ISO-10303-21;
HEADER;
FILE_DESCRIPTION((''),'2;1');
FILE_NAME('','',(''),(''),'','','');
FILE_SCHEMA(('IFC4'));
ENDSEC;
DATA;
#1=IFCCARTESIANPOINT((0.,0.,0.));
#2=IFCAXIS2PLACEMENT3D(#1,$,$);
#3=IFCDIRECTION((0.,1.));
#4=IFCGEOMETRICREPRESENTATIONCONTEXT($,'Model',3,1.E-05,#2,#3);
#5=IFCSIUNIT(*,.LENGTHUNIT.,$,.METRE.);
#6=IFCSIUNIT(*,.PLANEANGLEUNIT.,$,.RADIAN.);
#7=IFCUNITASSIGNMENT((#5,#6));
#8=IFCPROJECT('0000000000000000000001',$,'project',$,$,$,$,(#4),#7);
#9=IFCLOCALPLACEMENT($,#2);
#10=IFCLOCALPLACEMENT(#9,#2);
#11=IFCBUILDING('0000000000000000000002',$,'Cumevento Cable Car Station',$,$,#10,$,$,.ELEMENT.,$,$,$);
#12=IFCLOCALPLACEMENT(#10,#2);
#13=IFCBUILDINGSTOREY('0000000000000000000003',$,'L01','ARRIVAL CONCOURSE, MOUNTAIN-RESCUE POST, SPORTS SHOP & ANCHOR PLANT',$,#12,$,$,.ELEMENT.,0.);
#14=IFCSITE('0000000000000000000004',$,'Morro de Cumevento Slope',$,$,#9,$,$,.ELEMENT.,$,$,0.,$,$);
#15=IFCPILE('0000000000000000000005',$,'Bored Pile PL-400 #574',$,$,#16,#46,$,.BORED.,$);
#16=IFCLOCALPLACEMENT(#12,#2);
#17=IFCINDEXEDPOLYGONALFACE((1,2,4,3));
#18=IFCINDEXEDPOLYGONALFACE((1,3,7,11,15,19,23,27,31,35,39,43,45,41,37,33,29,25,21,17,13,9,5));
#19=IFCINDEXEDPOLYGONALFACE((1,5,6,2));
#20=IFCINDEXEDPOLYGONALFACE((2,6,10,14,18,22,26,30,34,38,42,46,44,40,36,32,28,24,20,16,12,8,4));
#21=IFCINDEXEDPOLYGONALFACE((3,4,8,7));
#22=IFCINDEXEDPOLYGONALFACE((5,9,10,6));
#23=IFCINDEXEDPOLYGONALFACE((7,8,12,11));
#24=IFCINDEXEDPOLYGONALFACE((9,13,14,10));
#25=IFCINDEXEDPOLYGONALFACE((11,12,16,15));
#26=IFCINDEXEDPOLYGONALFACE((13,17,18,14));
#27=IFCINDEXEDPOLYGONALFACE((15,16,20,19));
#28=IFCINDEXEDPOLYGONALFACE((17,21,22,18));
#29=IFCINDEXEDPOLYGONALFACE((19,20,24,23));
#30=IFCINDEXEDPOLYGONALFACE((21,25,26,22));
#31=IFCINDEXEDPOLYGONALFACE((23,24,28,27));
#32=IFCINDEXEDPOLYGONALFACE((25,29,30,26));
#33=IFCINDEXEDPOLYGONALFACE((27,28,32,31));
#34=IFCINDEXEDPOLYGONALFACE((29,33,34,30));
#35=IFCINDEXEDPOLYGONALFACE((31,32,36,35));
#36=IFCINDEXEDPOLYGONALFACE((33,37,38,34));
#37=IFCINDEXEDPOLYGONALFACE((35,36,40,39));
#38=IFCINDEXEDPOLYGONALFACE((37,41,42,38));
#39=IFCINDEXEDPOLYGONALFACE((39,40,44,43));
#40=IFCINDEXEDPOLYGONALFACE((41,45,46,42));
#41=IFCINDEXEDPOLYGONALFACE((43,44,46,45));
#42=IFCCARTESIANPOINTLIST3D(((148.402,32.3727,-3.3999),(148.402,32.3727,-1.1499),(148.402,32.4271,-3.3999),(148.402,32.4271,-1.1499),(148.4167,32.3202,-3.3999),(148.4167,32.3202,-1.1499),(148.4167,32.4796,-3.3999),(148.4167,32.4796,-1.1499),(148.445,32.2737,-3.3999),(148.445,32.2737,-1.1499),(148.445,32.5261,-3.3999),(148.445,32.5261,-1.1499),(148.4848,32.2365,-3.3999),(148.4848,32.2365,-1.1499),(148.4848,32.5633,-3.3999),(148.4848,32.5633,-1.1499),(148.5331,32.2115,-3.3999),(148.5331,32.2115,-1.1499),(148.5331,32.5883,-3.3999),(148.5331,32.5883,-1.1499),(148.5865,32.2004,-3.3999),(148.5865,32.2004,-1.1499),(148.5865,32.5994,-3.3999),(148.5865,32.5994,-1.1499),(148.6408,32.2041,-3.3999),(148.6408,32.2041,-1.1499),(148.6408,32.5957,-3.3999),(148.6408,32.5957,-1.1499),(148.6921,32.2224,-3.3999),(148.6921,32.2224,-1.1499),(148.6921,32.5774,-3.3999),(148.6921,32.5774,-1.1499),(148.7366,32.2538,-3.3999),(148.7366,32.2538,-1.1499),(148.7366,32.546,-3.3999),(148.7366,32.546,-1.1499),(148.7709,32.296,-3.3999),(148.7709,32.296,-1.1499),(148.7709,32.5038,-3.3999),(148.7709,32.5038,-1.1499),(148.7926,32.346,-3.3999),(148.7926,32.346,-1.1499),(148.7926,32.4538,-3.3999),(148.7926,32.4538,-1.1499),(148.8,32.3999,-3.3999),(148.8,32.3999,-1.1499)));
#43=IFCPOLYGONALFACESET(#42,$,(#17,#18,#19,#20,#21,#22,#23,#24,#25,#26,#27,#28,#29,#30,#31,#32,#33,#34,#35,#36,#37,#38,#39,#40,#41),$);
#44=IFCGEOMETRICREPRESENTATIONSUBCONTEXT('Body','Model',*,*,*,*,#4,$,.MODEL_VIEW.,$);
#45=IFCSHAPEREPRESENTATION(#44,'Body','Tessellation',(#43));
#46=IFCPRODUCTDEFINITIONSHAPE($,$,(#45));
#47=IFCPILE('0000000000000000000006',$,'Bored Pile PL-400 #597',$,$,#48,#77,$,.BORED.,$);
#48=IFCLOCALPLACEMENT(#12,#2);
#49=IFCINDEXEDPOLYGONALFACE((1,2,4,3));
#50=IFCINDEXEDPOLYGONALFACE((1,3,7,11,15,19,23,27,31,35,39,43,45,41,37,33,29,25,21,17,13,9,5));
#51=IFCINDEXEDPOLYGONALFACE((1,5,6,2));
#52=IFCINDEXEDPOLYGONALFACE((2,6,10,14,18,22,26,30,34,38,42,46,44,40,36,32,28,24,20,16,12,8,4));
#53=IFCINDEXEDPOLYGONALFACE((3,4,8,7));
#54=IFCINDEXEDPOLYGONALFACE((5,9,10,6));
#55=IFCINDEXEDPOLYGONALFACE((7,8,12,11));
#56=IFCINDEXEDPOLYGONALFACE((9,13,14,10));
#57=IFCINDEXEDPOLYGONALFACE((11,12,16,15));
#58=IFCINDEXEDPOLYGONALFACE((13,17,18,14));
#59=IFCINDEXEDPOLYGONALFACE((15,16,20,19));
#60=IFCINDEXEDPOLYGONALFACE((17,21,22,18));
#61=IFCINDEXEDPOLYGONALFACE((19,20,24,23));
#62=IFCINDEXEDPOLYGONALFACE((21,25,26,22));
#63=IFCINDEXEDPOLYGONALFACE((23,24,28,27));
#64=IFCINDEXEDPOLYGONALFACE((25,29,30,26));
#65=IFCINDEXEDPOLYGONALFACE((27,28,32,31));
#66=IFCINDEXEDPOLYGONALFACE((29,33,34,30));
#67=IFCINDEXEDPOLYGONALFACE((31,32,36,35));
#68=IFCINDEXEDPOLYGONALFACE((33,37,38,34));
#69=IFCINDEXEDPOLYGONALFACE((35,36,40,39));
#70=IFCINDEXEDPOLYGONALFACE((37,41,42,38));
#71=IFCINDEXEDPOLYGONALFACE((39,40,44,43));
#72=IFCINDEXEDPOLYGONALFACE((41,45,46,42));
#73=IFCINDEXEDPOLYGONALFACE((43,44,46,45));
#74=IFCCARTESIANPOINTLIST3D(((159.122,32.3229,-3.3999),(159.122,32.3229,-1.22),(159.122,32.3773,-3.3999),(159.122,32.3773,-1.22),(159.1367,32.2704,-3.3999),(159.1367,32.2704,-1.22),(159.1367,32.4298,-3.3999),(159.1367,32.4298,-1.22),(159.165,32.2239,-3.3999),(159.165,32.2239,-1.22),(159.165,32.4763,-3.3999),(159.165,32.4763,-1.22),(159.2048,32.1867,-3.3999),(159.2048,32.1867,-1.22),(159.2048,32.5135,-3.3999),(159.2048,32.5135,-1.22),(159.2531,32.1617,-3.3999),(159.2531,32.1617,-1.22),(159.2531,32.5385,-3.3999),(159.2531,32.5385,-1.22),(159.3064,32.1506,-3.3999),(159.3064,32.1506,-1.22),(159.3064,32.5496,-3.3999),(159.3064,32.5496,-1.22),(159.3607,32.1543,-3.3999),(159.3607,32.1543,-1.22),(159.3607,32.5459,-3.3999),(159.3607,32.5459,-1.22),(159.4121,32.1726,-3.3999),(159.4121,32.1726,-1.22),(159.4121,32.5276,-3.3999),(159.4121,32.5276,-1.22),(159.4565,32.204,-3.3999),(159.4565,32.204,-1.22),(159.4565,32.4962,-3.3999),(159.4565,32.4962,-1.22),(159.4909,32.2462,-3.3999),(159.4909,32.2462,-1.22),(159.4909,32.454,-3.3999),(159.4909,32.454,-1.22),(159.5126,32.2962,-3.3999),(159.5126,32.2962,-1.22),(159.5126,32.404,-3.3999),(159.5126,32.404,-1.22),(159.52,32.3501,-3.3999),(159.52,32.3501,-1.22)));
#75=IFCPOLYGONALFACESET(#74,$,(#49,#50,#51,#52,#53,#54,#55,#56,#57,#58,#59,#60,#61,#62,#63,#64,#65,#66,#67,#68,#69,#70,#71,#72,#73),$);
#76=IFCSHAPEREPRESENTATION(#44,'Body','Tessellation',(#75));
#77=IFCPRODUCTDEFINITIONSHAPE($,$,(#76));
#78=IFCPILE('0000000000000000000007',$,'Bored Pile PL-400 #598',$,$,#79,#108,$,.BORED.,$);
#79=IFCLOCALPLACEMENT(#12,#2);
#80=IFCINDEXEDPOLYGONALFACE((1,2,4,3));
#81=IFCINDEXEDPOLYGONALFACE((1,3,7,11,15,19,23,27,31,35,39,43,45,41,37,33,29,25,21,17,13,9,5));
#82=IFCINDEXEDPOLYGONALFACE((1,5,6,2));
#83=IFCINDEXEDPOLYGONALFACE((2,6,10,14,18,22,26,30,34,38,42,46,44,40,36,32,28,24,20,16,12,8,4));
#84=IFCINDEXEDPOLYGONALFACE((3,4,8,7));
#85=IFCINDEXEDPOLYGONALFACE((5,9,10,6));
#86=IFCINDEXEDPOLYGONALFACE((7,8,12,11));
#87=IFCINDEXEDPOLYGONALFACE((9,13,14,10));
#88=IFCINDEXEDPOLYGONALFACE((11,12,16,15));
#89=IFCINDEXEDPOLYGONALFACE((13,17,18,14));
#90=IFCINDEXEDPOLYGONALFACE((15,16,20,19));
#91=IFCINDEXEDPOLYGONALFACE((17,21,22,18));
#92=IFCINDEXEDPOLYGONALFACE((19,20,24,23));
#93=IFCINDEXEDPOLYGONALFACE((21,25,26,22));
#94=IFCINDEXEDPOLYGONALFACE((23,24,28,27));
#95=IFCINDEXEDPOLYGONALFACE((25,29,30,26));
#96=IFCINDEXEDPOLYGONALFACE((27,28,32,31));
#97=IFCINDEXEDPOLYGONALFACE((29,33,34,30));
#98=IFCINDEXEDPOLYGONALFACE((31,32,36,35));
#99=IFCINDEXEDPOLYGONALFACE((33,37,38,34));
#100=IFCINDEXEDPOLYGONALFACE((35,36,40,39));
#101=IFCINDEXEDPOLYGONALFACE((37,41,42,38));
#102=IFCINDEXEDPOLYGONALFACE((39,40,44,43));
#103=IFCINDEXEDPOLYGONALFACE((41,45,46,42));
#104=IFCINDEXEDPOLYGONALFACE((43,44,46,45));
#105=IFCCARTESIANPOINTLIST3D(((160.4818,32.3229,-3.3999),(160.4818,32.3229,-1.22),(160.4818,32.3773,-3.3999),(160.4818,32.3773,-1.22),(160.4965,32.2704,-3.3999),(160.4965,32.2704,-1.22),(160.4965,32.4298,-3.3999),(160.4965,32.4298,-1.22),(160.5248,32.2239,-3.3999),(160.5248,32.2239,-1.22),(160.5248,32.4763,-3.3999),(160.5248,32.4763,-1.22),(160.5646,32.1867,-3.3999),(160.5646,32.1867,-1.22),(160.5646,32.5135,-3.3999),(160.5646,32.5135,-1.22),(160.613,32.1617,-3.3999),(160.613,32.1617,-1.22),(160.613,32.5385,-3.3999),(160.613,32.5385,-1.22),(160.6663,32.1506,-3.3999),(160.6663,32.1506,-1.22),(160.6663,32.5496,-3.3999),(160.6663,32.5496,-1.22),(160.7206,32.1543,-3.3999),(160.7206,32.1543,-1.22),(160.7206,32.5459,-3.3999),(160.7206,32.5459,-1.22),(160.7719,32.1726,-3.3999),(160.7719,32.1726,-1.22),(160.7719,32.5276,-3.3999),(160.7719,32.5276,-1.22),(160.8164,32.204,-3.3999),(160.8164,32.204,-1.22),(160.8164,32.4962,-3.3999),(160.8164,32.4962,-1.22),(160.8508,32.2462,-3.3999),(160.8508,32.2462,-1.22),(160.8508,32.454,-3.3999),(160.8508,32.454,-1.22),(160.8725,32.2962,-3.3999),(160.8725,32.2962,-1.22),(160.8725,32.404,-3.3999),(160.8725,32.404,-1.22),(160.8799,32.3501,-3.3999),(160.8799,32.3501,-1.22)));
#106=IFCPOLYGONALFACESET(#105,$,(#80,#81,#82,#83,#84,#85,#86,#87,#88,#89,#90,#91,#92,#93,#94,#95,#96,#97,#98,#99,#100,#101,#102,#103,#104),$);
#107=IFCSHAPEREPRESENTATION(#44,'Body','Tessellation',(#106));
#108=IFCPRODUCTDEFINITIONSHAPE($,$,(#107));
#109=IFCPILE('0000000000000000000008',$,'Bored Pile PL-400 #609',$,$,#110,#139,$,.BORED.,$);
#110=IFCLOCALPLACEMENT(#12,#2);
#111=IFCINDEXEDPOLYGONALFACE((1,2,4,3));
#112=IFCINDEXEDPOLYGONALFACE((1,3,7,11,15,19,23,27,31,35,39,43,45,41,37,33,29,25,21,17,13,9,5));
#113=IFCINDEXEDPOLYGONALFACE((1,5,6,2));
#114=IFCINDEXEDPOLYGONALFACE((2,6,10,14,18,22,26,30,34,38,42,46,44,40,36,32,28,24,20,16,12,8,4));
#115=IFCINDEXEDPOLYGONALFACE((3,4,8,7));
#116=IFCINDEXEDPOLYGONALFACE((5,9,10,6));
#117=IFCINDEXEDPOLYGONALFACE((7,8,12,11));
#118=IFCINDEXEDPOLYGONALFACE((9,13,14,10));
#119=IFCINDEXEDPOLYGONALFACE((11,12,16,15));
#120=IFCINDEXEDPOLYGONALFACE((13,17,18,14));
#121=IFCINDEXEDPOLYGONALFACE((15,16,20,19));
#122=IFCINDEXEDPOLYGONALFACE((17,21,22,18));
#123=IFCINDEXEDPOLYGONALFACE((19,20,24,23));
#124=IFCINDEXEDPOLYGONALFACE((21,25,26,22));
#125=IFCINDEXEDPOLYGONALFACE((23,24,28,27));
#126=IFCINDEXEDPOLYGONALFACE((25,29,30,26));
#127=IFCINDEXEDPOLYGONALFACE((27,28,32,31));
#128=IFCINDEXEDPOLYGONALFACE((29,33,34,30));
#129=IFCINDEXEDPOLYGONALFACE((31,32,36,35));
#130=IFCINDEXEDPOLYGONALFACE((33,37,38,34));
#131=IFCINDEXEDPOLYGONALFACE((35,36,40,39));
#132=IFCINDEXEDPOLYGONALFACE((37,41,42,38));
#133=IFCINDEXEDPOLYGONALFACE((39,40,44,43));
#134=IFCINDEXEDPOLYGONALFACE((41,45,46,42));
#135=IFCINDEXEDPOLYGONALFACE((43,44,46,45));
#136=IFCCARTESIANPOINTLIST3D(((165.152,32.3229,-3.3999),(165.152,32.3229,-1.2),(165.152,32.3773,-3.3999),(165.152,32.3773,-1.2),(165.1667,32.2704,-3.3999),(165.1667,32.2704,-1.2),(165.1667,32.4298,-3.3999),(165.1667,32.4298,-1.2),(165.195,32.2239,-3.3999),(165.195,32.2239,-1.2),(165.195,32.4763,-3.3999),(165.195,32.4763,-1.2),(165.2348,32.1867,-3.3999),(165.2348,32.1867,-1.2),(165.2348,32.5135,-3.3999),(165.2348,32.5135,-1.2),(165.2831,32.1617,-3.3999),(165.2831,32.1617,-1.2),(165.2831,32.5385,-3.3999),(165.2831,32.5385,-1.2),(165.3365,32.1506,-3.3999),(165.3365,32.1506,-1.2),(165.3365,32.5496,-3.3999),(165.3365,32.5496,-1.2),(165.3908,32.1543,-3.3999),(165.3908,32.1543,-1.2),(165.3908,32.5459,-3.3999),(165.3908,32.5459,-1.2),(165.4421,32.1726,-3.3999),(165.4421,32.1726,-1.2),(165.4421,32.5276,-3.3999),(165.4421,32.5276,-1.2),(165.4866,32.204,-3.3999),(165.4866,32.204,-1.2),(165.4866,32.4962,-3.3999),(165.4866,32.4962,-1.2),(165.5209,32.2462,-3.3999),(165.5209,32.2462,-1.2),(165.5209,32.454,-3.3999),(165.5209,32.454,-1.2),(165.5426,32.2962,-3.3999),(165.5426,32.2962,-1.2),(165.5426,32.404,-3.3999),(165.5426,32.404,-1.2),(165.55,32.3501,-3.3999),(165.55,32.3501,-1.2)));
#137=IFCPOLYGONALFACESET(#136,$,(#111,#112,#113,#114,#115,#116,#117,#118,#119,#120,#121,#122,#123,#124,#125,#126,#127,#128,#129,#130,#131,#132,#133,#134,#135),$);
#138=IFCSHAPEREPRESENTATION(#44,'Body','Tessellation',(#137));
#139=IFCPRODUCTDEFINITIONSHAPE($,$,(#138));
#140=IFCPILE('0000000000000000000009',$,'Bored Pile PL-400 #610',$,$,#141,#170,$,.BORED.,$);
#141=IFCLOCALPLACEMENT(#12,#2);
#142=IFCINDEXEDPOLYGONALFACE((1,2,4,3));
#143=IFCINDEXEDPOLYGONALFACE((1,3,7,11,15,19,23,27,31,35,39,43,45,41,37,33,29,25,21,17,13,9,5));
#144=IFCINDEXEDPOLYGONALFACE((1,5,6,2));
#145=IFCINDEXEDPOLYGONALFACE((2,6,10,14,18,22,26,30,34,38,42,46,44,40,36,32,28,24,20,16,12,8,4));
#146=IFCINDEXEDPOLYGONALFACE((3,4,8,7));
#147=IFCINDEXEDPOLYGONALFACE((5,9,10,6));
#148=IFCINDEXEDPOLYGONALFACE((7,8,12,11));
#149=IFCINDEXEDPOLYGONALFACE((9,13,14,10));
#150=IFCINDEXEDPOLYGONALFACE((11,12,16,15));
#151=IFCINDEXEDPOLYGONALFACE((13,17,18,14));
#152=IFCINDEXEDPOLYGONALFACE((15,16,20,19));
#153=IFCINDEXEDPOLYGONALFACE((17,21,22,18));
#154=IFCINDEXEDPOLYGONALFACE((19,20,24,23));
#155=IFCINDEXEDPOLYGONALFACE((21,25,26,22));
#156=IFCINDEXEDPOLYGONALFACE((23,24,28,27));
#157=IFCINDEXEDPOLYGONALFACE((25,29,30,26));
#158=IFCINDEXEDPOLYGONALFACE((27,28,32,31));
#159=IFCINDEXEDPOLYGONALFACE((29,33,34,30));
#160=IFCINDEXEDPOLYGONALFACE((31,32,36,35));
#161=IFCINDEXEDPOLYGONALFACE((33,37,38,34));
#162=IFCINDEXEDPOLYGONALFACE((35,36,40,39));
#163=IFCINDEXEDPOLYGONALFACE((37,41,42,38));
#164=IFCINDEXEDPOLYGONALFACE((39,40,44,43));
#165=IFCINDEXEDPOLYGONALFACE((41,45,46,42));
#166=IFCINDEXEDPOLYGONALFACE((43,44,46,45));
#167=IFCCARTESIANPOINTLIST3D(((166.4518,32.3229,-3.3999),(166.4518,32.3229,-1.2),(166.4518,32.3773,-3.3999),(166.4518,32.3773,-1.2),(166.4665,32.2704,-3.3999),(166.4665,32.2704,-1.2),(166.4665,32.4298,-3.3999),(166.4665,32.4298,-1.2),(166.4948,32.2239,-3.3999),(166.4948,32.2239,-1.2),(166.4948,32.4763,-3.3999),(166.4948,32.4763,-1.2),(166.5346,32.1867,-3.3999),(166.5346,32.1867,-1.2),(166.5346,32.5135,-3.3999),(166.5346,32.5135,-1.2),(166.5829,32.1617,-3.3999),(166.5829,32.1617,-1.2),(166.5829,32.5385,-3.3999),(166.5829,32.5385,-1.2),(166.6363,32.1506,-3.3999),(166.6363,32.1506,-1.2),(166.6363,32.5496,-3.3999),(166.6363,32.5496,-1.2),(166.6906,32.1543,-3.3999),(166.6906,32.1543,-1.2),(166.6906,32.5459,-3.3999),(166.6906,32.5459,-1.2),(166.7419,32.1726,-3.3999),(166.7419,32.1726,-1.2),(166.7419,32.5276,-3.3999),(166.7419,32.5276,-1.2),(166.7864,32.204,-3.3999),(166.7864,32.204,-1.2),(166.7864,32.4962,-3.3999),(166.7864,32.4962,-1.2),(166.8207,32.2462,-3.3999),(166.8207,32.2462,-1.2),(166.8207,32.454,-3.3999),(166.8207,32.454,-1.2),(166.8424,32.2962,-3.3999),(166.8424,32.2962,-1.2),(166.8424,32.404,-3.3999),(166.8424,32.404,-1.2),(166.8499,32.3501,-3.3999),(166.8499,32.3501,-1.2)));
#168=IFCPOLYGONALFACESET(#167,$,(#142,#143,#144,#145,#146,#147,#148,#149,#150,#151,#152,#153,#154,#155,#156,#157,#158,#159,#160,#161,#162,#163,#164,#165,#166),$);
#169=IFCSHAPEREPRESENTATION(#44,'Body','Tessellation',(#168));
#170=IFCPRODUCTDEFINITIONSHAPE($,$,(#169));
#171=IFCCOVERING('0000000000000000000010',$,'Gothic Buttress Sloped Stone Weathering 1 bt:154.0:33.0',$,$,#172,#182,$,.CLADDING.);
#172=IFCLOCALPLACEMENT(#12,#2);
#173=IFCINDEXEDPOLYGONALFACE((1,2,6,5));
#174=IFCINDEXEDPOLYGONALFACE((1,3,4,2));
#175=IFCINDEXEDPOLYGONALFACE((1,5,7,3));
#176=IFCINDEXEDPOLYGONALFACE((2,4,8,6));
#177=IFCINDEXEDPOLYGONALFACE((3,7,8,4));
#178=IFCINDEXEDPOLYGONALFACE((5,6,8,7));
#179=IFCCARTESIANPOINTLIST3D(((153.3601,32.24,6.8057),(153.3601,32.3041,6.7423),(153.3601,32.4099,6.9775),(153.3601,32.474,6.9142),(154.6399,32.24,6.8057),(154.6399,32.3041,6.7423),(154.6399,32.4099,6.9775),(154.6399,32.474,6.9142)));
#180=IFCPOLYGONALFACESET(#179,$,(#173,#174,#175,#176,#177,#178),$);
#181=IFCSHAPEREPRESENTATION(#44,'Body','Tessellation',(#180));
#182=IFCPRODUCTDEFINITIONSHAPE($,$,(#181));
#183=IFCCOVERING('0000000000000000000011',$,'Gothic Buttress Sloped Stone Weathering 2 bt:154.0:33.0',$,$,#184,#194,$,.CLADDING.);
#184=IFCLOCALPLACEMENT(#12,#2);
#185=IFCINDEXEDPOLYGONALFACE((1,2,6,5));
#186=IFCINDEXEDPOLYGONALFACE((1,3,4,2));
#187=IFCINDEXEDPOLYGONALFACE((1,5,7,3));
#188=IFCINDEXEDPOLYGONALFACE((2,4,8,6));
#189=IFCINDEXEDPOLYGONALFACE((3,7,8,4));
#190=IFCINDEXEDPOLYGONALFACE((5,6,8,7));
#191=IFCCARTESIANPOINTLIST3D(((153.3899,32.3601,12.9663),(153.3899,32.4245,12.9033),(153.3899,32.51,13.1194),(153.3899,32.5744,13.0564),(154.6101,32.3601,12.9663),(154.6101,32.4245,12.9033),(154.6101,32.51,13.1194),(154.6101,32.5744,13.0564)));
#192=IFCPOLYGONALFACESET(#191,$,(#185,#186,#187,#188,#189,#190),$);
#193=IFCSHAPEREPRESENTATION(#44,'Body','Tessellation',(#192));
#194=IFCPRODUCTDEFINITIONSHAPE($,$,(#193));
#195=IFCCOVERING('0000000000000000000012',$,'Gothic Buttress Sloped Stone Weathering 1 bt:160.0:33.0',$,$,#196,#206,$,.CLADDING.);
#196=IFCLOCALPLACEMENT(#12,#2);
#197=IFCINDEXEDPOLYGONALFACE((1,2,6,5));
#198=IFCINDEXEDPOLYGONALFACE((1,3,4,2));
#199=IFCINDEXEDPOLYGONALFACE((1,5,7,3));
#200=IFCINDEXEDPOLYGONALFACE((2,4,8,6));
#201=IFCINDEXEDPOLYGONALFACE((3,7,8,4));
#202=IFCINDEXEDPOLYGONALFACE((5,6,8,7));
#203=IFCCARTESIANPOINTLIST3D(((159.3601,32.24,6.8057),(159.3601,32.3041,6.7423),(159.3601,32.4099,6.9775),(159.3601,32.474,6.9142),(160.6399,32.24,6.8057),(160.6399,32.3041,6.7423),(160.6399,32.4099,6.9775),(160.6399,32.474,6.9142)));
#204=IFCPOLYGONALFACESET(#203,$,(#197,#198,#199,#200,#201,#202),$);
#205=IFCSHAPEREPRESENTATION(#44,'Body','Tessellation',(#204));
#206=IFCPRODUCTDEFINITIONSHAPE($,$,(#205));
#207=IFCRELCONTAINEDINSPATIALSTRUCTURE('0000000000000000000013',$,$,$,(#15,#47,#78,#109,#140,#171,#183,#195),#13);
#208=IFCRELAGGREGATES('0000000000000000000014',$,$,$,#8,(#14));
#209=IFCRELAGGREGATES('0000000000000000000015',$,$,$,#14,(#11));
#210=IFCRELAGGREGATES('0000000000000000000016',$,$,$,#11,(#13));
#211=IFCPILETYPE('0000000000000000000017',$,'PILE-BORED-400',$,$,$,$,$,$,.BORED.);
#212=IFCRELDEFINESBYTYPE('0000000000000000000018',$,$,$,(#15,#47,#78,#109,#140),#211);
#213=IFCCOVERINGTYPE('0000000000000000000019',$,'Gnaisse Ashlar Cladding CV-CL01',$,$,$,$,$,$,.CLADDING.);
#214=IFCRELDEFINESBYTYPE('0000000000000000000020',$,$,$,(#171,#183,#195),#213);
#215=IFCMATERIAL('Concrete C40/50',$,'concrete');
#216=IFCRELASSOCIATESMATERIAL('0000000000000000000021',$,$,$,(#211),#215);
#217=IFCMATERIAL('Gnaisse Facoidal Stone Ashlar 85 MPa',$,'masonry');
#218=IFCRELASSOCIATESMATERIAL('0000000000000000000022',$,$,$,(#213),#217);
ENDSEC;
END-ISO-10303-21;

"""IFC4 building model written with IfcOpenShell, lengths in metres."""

from ifc_helpers import new_model, si_unit, direction, frame, origin, origin_2d, place, context, subcontext, project, spatial, polyline, circle, outline, extrude, material, material_profile, profile_set, type_object, element, save


model = new_model("IFC4")

# Units and contexts
model_context = context("Model", 3, precision=1e-05, world=origin(), true_north=direction((0.0, 1.0)))
body_context = subcontext(model_context, "Body", "Model", "MODEL_VIEW")
ifc_project = project(units=[si_unit("LENGTHUNIT", "METRE"), si_unit("PLANEANGLEUNIT", "RADIAN")], contexts=[model_context])

# Site, building, storey
site_placement = place(None, origin())
site = spatial("IfcSite", under=ifc_project, at=site_placement, Name="Morro de Cumevento Slope", CompositionType="ELEMENT", RefElevation=0.0)
building_placement = place(site_placement, origin())
building = spatial("IfcBuilding", under=site, at=building_placement, Name="Cumevento Cable Car Station", CompositionType="ELEMENT")
storey_placement = place(building_placement, origin())
storey = spatial("IfcBuildingStorey", under=building, at=storey_placement, Name="L01", Description="ARRIVAL CONCOURSE, MOUNTAIN-RESCUE POST, SPORTS SHOP & ANCHOR PLANT", CompositionType="ELEMENT", Elevation=0.0)

# Piles
ifc_material_1 = material(Name="Concrete C40/50", Category="concrete")
ifc_material_profile = material_profile(ifc_material_1, circle(Radius=0.2, at=origin_2d()), Name="PILE-D400")
ifc_profile_set = profile_set([ifc_material_profile], Name="Concrete C40/50")
pile_type = type_object("IfcPileType", Name="PILE-BORED-400", PredefinedType="BORED", material=ifc_profile_set)
pile_placement = place(storey_placement, frame((148.6001, 32.3999, -1.1499), z_axis=(0.0, 0.0, -1.0), x_axis=(1.0, 0.0, 0.0)))
element("IfcPile", 1, at=pile_placement, inside=storey, type_object=pile_type, Name="Bored Pile PL-400 #574", PredefinedType="BORED", context=body_context, shape_type="SweptSolid", body=[
    extrude(circle(Radius=0.2, at=origin_2d()), origin(), (0.0, 0.0, 1.0), 2.25),
])
for number, where, z_axis, x_axis, name in (
    (2, (159.3201, 32.3501, -1.22), (0.0, 0.0, -1.0), (1.0, 0.0, 0.0), "Bored Pile PL-400 #597"),
    (3, (160.6799, 32.3501, -1.22), (0.0, 0.0, -1.0), (1.0, 0.0, 0.0), "Bored Pile PL-400 #598"),
):
    element("IfcPile", number, at=place(storey_placement, frame(where, z_axis=z_axis, x_axis=x_axis)), inside=storey, type_object=pile_type, Name=name, PredefinedType="BORED", context=body_context, shape_type="SweptSolid", body=[
        extrude(circle(Radius=0.2, at=origin_2d()), origin(), (0.0, 0.0, 1.0), 2.1799),
    ])
for number, where, z_axis, x_axis, name in (
    (4, (165.3501, 32.3501, -1.2), (0.0, 0.0, -1.0), (1.0, 0.0, 0.0), "Bored Pile PL-400 #609"),
    (5, (166.6499, 32.3501, -1.2), (0.0, 0.0, -1.0), (1.0, 0.0, 0.0), "Bored Pile PL-400 #610"),
):
    element("IfcPile", number, at=place(storey_placement, frame(where, z_axis=z_axis, x_axis=x_axis)), inside=storey, type_object=pile_type, Name=name, PredefinedType="BORED", context=body_context, shape_type="SweptSolid", body=[
        extrude(circle(Radius=0.2, at=origin_2d()), origin(), (0.0, 0.0, 1.0), 2.2),
    ])

# Coverings
ifc_material_2 = material(Name="Gnaisse Facoidal Stone Ashlar 85 MPa", Category="masonry")
covering_type = type_object("IfcCoveringType", Name="Gnaisse Ashlar Cladding CV-CL01", PredefinedType="CLADDING", material=ifc_material_2)
covering_1_placement = place(storey_placement, frame((153.3601, 32.24, 6.8057), z_axis=(0.0, -0.711136, 0.703055), x_axis=(1.0, 0.0, 0.0)))
element("IfcCovering", 6, at=covering_1_placement, inside=storey, type_object=covering_type, Name="Gothic Buttress Sloped Stone Weathering 1 bt:154.0:33.0", PredefinedType="CLADDING", context=body_context, shape_type="SweptSolid", body=[
    extrude(outline(polyline([(0.0, 0.0), (1.2798, 0.0), (1.2798, 0.2417), (0.0, 0.2417), (0.0, 0.0)])), origin(), (0.0, 0.0, -1.0), 0.0901),
])
covering_2_placement = place(storey_placement, frame((153.3899, 32.3601, 12.9663), z_axis=(0.0, -0.714475, 0.699661), x_axis=(1.0, 0.0, 0.0)))
element("IfcCovering", 7, at=covering_2_placement, inside=storey, type_object=covering_type, Name="Gothic Buttress Sloped Stone Weathering 2 bt:154.0:33.0", PredefinedType="CLADDING", context=body_context, shape_type="SweptSolid", body=[
    extrude(outline(polyline([(0.0, 0.0), (1.2202, 0.0), (1.2202, 0.2142), (0.0, 0.2142), (0.0, 0.0)])), origin(), (0.0, 0.0, -1.0), 0.0901),
])
covering_3_placement = place(storey_placement, frame((159.3601, 32.24, 6.8057), z_axis=(0.0, -0.711136, 0.703055), x_axis=(1.0, 0.0, 0.0)))
element("IfcCovering", 8, at=covering_3_placement, inside=storey, type_object=covering_type, Name="Gothic Buttress Sloped Stone Weathering 1 bt:160.0:33.0", PredefinedType="CLADDING", context=body_context, shape_type="SweptSolid", body=[
    extrude(outline(polyline([(0.0, 0.0), (1.2798, 0.0), (1.2798, 0.2417), (0.0, 0.2417), (0.0, 0.0)])), origin(), (0.0, 0.0, -1.0), 0.0901),
])

save(model, "model.ifc")
